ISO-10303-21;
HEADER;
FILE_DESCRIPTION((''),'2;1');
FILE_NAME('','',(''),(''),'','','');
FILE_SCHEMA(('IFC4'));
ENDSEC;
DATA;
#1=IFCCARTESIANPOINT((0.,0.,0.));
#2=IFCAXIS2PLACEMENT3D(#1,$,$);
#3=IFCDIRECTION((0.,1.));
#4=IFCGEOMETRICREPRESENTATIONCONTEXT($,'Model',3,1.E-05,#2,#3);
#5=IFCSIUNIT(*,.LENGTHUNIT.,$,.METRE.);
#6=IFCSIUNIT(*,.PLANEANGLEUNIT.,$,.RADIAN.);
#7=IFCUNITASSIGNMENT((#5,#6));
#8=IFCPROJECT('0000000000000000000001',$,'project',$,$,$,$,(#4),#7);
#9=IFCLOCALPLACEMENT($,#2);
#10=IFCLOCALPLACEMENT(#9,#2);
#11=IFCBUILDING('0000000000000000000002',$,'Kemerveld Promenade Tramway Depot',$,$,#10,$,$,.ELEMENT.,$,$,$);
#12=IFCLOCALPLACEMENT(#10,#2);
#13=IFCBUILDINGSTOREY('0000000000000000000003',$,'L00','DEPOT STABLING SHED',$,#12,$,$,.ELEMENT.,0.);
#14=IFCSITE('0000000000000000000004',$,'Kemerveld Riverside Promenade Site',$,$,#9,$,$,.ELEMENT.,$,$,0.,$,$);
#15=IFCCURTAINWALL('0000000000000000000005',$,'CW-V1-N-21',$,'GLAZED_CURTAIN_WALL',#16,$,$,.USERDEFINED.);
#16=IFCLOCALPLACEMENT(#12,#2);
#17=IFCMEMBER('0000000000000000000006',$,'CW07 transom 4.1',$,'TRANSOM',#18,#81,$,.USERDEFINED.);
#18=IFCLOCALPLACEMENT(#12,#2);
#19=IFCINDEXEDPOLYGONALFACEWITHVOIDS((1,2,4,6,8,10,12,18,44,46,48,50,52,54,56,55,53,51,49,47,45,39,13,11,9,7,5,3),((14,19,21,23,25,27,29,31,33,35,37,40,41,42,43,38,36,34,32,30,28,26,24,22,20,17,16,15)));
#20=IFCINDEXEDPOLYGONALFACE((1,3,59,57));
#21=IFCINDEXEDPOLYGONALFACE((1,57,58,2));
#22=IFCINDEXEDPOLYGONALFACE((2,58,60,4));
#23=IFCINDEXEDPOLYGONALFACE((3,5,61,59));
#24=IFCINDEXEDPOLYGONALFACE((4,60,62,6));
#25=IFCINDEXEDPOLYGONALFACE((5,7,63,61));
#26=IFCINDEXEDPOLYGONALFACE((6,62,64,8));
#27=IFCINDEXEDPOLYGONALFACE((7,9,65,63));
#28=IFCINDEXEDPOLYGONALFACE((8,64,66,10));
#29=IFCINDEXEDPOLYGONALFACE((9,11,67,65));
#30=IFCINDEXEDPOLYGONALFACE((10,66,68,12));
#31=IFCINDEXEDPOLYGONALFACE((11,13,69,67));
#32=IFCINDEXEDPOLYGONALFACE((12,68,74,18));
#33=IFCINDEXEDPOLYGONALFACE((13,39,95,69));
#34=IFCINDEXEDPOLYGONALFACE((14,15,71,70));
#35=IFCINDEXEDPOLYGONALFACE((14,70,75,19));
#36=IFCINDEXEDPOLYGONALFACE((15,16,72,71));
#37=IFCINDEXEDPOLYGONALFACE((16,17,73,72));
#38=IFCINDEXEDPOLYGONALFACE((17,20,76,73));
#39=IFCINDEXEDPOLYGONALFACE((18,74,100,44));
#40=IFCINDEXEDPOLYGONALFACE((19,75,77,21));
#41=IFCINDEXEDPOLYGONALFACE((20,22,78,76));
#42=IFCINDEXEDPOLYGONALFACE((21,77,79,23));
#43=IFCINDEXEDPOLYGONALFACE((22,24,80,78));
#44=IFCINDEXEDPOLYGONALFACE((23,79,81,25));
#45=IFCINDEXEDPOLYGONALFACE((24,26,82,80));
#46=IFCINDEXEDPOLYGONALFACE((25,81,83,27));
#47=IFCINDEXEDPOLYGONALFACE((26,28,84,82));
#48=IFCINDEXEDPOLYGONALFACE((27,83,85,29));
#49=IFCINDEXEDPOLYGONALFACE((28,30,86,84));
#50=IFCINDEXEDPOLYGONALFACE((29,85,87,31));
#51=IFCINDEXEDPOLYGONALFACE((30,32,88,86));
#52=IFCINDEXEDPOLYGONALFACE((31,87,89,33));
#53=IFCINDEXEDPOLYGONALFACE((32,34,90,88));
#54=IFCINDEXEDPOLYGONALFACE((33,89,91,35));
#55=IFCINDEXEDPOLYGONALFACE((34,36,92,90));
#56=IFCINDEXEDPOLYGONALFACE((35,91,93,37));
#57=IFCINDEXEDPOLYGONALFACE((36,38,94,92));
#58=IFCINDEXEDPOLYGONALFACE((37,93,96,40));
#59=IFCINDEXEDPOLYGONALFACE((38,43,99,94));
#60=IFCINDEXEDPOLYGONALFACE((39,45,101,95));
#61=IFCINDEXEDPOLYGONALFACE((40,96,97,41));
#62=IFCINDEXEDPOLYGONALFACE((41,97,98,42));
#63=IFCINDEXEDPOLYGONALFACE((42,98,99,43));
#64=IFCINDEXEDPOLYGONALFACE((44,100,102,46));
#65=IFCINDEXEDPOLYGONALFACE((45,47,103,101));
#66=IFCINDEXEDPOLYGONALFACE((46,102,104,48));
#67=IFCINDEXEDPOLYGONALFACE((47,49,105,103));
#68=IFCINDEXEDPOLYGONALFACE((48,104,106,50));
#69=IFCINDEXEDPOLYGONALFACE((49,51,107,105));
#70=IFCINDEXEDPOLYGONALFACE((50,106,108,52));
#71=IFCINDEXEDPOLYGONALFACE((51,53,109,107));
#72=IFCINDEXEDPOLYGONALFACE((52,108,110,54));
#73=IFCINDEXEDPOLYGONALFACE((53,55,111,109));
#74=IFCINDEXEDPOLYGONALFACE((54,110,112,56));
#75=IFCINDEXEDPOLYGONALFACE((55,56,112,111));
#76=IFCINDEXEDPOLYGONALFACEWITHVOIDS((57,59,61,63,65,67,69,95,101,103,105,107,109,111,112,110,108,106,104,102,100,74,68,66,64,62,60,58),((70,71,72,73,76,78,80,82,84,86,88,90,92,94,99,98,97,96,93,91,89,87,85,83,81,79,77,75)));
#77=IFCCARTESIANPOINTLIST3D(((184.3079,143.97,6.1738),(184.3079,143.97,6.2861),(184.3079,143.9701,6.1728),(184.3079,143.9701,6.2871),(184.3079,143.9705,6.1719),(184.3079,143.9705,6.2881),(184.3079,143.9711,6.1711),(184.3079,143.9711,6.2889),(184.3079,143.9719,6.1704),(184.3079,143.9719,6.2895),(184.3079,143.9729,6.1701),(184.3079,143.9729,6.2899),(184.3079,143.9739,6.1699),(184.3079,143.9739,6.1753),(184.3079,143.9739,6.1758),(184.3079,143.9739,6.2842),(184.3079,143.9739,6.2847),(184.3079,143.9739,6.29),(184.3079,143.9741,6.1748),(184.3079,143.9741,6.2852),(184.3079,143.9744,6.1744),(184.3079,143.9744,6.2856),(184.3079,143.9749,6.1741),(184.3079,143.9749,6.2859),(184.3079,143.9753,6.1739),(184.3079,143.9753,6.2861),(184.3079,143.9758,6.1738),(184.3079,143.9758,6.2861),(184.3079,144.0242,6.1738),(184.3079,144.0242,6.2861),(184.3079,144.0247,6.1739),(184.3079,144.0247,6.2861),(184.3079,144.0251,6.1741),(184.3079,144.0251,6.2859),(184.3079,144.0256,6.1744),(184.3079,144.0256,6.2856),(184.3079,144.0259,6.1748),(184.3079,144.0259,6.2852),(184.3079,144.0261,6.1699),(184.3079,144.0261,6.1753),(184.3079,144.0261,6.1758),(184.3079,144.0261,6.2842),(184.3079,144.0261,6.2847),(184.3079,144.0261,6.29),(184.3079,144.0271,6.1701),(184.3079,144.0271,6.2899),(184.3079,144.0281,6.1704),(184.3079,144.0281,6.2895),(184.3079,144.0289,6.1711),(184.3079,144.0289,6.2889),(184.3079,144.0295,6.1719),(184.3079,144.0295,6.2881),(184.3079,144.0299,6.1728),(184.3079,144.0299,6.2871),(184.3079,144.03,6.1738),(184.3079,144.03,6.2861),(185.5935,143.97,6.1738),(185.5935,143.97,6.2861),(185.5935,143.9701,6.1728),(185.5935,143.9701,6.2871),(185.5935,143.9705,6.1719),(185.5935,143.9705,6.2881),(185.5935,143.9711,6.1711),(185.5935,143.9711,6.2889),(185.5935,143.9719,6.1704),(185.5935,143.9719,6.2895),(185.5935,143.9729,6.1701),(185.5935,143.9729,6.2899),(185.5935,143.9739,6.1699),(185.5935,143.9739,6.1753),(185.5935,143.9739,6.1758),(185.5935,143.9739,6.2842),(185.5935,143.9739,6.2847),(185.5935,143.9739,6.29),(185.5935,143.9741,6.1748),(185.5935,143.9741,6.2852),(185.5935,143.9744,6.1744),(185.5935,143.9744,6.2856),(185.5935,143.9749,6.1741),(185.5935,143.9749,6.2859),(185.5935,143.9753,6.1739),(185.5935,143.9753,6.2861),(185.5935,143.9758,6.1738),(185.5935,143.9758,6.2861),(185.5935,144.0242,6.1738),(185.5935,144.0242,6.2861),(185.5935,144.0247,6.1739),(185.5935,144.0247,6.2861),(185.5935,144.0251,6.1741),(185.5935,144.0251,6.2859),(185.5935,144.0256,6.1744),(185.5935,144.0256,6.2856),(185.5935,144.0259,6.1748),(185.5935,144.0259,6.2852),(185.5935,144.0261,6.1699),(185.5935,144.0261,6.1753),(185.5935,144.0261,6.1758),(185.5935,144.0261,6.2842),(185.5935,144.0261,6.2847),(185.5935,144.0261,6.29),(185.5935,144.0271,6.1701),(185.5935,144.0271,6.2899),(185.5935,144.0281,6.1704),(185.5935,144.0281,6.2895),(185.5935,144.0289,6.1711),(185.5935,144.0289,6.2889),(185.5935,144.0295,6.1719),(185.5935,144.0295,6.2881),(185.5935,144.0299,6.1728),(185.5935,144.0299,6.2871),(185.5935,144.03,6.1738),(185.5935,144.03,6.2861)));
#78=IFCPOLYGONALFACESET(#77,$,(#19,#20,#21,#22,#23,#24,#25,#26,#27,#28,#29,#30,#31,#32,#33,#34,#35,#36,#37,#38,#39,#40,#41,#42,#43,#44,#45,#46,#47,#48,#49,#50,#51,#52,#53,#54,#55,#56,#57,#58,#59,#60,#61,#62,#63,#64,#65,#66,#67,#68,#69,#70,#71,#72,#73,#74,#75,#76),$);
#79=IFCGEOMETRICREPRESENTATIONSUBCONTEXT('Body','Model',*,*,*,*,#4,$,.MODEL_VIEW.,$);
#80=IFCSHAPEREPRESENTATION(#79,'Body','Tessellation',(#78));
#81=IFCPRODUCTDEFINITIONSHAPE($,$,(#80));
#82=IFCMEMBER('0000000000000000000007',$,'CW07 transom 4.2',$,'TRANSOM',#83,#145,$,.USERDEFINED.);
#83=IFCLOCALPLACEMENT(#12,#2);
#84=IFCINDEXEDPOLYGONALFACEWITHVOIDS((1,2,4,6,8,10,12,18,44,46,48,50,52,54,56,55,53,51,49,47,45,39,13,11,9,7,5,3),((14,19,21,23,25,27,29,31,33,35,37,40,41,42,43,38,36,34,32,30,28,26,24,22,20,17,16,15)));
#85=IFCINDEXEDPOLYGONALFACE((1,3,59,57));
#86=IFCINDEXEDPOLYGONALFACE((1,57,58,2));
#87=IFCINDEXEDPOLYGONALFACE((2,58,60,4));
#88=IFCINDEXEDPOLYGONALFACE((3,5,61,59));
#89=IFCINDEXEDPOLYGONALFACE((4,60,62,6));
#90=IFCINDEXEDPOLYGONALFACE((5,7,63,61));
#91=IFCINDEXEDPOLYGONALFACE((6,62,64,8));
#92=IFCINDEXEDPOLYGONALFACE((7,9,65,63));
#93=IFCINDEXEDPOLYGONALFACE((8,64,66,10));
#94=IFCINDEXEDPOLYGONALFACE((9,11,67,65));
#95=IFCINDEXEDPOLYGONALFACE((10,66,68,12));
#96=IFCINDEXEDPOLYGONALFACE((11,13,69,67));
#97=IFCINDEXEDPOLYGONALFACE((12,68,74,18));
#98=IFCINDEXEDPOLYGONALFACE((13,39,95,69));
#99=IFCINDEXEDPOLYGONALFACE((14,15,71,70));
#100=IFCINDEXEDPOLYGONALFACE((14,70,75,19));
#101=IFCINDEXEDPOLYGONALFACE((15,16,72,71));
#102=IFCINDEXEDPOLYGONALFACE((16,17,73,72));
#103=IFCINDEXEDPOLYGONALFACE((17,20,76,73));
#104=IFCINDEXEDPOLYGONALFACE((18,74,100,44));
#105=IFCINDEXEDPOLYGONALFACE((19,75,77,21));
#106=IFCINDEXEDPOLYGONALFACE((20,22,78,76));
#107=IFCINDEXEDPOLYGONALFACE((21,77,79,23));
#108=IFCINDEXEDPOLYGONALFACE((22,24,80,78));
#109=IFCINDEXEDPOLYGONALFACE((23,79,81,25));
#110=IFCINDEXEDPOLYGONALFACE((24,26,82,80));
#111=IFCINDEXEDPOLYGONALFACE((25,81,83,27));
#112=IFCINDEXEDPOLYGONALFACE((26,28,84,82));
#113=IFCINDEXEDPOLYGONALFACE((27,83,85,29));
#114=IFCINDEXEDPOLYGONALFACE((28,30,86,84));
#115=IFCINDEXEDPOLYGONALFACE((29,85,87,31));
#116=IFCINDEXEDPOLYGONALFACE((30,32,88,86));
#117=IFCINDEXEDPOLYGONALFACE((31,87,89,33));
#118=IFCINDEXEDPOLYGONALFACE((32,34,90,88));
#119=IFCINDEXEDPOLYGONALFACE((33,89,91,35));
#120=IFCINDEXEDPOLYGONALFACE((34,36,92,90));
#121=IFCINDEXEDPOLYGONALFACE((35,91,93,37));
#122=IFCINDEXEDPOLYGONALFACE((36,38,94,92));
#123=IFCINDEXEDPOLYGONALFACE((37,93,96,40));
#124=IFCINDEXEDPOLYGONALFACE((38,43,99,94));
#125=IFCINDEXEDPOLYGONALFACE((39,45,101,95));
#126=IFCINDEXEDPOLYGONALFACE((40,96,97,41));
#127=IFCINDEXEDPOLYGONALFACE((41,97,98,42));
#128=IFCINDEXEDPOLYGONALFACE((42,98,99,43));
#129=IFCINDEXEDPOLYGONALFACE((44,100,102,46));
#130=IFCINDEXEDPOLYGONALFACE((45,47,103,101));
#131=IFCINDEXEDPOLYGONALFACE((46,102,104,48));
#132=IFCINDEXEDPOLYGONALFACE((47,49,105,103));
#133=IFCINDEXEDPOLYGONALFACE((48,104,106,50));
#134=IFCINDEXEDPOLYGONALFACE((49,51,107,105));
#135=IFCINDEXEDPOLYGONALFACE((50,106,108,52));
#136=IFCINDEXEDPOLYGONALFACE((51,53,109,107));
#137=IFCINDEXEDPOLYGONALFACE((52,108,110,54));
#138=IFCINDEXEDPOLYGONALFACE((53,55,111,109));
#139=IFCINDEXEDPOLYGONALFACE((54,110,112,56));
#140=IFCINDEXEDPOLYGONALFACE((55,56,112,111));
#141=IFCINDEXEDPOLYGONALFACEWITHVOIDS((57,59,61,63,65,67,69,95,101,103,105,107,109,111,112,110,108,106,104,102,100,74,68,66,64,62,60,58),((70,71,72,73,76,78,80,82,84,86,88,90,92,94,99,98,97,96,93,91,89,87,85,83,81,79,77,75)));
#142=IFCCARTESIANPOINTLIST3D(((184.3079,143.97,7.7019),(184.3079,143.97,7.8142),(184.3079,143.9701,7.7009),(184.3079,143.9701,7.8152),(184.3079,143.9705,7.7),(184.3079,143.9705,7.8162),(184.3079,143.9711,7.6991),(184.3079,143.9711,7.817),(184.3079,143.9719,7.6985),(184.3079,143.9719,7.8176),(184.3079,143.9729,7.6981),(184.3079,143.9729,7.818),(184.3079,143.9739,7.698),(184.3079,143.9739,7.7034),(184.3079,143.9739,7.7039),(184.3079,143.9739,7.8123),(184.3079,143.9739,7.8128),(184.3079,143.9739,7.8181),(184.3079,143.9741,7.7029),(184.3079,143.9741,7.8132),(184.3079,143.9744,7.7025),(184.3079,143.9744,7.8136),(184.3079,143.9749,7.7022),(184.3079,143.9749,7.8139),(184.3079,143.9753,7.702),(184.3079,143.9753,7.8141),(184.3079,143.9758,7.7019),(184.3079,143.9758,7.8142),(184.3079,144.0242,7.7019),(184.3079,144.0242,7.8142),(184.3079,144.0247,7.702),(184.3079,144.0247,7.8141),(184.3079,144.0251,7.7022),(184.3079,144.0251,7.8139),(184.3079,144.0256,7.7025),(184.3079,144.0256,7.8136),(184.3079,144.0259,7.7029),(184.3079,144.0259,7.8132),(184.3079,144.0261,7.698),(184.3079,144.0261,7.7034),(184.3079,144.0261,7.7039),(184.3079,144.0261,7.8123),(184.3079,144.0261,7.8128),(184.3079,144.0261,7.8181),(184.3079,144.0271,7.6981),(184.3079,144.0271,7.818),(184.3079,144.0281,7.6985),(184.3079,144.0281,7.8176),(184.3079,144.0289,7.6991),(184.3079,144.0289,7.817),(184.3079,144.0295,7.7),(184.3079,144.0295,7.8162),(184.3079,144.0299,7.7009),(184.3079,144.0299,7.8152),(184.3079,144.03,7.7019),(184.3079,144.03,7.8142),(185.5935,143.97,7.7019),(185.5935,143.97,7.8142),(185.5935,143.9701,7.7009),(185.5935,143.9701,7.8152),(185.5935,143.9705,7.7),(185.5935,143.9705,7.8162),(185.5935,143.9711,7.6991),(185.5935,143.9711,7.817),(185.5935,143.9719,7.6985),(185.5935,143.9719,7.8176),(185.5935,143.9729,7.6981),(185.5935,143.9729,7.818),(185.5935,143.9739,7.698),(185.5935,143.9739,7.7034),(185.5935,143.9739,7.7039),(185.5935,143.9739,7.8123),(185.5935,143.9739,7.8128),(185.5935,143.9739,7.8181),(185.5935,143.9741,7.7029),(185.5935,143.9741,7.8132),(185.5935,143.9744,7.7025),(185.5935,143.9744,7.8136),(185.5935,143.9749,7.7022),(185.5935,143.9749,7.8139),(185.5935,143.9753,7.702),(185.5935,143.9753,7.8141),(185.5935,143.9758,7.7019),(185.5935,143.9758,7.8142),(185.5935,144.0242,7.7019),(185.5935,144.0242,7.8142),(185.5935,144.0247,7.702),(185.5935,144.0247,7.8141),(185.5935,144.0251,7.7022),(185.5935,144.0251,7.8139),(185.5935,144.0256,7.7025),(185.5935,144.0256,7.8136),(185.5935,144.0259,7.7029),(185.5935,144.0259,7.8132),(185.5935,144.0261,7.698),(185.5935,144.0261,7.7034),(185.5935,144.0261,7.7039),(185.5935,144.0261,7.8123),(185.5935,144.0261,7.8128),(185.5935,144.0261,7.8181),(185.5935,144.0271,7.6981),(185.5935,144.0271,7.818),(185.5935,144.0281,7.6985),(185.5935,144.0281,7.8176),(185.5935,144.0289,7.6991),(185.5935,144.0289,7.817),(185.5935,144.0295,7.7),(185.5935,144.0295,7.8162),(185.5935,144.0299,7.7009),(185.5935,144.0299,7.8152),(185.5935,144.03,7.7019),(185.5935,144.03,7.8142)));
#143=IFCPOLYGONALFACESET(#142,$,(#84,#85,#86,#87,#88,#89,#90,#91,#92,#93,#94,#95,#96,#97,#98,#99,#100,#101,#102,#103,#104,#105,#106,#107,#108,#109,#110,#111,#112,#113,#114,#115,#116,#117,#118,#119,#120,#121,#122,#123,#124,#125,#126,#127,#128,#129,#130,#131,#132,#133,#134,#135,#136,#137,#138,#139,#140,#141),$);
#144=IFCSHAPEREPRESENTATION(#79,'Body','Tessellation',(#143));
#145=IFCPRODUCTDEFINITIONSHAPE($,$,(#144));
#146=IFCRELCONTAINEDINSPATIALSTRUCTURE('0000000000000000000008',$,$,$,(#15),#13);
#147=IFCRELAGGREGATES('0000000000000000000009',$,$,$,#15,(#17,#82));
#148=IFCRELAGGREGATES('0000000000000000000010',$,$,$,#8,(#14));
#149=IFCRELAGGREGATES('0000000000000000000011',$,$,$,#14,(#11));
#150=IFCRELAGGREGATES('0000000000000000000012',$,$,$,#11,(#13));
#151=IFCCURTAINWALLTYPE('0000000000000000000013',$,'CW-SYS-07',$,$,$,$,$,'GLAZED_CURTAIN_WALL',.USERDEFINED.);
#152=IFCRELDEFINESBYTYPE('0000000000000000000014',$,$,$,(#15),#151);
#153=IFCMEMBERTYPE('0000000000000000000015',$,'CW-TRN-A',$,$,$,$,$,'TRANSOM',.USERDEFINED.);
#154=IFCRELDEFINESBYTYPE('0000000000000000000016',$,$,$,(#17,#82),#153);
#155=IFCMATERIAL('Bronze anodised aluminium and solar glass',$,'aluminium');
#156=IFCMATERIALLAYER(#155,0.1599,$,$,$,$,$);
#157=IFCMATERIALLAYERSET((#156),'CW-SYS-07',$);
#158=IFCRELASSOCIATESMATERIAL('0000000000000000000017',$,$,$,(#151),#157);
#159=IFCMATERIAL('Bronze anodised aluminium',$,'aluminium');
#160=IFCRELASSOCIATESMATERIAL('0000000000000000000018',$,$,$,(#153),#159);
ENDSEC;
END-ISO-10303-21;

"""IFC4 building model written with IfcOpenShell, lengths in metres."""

from ifc_helpers import new_model, si_unit, direction, frame, origin, origin_2d, place, context, subcontext, project, spatial, hollow_rectangle, extrude, material, layer, layer_set, material_profile, profile_set, type_object, element, aggregate, save


model = new_model("IFC4")

# Units and contexts
model_context = context("Model", 3, precision=1e-05, world=origin(), true_north=direction((0.0, 1.0)))
body_context = subcontext(model_context, "Body", "Model", "MODEL_VIEW")
ifc_project = project(units=[si_unit("LENGTHUNIT", "METRE"), si_unit("PLANEANGLEUNIT", "RADIAN")], contexts=[model_context])

# Site, building, storey
site_placement = place(None, origin())
site = spatial("IfcSite", under=ifc_project, at=site_placement, Name="Kemerveld Riverside Promenade Site", CompositionType="ELEMENT", RefElevation=0.0)
building_placement = place(site_placement, origin())
building = spatial("IfcBuilding", under=site, at=building_placement, Name="Kemerveld Promenade Tramway Depot", CompositionType="ELEMENT")
storey_placement = place(building_placement, origin())
storey = spatial("IfcBuildingStorey", under=building, at=storey_placement, Name="L00", Description="DEPOT STABLING SHED", CompositionType="ELEMENT", Elevation=0.0)

# Curtain wall
ifc_material_1 = material(Name="Bronze anodised aluminium and solar glass", Category="aluminium")
ifc_layer_1 = layer(ifc_material_1, 0.1599)
ifc_layer_set_1 = layer_set([ifc_layer_1], Name="CW-SYS-07")
curtain_wall_type_1 = type_object("IfcCurtainWallType", Name="CW-SYS-07", ElementType="GLAZED_CURTAIN_WALL", PredefinedType="USERDEFINED", material=ifc_layer_set_1)
curtain_wall_1_placement = place(storey_placement, origin())
curtain_wall_1 = element("IfcCurtainWall", 1, at=curtain_wall_1_placement, inside=storey, type_object=curtain_wall_type_1, Name="CW-V1-N-21", ObjectType="GLAZED_CURTAIN_WALL", PredefinedType="USERDEFINED")
ifc_material_2 = material(Name="Bronze anodised aluminium", Category="aluminium")

# Members
ifc_material_profile_1 = material_profile(ifc_material_2, hollow_rectangle(XDim=0.0601, YDim=0.1201, WallThickness=0.0039, InnerFilletRadius=0.002, OuterFilletRadius=0.0039, at=origin_2d()), Name="CW-TRN-120x60")
ifc_profile_set_1 = profile_set([ifc_material_profile_1], Name="Bronze anodised aluminium")
member_type_1 = type_object("IfcMemberType", Name="CW-TRN-A", ElementType="TRANSOM", PredefinedType="USERDEFINED", material=ifc_profile_set_1)
member_1_placement = place(storey_placement, frame((184.3079, 144.0, 6.23), z_axis=(1.0, 0.0, 0.0), x_axis=(0.0, 1.0, 0.0)))
member_1 = element("IfcMember", 2, at=member_1_placement, type_object=member_type_1, Name="CW07 transom 4.1", ObjectType="TRANSOM", PredefinedType="USERDEFINED", context=body_context, shape_type="SweptSolid", body=[
    extrude(hollow_rectangle(XDim=0.0601, YDim=0.1201, WallThickness=0.0039, InnerFilletRadius=0.002, OuterFilletRadius=0.0039, at=origin_2d()), origin(), (0.0, 0.0, 1.0), 1.2856),
])
member_2_placement = place(storey_placement, frame((184.3079, 144.0, 7.7581), z_axis=(1.0, 0.0, 0.0), x_axis=(0.0, 1.0, 0.0)))
member_2 = element("IfcMember", 3, at=member_2_placement, type_object=member_type_1, Name="CW07 transom 4.2", ObjectType="TRANSOM", PredefinedType="USERDEFINED", context=body_context, shape_type="SweptSolid", body=[
    extrude(hollow_rectangle(XDim=0.0601, YDim=0.1201, WallThickness=0.0039, InnerFilletRadius=0.002, OuterFilletRadius=0.0039, at=origin_2d()), origin(), (0.0, 0.0, 1.0), 1.2856),
])

aggregate(curtain_wall_1, [member_1, member_2])

save(model, "model.ifc")
